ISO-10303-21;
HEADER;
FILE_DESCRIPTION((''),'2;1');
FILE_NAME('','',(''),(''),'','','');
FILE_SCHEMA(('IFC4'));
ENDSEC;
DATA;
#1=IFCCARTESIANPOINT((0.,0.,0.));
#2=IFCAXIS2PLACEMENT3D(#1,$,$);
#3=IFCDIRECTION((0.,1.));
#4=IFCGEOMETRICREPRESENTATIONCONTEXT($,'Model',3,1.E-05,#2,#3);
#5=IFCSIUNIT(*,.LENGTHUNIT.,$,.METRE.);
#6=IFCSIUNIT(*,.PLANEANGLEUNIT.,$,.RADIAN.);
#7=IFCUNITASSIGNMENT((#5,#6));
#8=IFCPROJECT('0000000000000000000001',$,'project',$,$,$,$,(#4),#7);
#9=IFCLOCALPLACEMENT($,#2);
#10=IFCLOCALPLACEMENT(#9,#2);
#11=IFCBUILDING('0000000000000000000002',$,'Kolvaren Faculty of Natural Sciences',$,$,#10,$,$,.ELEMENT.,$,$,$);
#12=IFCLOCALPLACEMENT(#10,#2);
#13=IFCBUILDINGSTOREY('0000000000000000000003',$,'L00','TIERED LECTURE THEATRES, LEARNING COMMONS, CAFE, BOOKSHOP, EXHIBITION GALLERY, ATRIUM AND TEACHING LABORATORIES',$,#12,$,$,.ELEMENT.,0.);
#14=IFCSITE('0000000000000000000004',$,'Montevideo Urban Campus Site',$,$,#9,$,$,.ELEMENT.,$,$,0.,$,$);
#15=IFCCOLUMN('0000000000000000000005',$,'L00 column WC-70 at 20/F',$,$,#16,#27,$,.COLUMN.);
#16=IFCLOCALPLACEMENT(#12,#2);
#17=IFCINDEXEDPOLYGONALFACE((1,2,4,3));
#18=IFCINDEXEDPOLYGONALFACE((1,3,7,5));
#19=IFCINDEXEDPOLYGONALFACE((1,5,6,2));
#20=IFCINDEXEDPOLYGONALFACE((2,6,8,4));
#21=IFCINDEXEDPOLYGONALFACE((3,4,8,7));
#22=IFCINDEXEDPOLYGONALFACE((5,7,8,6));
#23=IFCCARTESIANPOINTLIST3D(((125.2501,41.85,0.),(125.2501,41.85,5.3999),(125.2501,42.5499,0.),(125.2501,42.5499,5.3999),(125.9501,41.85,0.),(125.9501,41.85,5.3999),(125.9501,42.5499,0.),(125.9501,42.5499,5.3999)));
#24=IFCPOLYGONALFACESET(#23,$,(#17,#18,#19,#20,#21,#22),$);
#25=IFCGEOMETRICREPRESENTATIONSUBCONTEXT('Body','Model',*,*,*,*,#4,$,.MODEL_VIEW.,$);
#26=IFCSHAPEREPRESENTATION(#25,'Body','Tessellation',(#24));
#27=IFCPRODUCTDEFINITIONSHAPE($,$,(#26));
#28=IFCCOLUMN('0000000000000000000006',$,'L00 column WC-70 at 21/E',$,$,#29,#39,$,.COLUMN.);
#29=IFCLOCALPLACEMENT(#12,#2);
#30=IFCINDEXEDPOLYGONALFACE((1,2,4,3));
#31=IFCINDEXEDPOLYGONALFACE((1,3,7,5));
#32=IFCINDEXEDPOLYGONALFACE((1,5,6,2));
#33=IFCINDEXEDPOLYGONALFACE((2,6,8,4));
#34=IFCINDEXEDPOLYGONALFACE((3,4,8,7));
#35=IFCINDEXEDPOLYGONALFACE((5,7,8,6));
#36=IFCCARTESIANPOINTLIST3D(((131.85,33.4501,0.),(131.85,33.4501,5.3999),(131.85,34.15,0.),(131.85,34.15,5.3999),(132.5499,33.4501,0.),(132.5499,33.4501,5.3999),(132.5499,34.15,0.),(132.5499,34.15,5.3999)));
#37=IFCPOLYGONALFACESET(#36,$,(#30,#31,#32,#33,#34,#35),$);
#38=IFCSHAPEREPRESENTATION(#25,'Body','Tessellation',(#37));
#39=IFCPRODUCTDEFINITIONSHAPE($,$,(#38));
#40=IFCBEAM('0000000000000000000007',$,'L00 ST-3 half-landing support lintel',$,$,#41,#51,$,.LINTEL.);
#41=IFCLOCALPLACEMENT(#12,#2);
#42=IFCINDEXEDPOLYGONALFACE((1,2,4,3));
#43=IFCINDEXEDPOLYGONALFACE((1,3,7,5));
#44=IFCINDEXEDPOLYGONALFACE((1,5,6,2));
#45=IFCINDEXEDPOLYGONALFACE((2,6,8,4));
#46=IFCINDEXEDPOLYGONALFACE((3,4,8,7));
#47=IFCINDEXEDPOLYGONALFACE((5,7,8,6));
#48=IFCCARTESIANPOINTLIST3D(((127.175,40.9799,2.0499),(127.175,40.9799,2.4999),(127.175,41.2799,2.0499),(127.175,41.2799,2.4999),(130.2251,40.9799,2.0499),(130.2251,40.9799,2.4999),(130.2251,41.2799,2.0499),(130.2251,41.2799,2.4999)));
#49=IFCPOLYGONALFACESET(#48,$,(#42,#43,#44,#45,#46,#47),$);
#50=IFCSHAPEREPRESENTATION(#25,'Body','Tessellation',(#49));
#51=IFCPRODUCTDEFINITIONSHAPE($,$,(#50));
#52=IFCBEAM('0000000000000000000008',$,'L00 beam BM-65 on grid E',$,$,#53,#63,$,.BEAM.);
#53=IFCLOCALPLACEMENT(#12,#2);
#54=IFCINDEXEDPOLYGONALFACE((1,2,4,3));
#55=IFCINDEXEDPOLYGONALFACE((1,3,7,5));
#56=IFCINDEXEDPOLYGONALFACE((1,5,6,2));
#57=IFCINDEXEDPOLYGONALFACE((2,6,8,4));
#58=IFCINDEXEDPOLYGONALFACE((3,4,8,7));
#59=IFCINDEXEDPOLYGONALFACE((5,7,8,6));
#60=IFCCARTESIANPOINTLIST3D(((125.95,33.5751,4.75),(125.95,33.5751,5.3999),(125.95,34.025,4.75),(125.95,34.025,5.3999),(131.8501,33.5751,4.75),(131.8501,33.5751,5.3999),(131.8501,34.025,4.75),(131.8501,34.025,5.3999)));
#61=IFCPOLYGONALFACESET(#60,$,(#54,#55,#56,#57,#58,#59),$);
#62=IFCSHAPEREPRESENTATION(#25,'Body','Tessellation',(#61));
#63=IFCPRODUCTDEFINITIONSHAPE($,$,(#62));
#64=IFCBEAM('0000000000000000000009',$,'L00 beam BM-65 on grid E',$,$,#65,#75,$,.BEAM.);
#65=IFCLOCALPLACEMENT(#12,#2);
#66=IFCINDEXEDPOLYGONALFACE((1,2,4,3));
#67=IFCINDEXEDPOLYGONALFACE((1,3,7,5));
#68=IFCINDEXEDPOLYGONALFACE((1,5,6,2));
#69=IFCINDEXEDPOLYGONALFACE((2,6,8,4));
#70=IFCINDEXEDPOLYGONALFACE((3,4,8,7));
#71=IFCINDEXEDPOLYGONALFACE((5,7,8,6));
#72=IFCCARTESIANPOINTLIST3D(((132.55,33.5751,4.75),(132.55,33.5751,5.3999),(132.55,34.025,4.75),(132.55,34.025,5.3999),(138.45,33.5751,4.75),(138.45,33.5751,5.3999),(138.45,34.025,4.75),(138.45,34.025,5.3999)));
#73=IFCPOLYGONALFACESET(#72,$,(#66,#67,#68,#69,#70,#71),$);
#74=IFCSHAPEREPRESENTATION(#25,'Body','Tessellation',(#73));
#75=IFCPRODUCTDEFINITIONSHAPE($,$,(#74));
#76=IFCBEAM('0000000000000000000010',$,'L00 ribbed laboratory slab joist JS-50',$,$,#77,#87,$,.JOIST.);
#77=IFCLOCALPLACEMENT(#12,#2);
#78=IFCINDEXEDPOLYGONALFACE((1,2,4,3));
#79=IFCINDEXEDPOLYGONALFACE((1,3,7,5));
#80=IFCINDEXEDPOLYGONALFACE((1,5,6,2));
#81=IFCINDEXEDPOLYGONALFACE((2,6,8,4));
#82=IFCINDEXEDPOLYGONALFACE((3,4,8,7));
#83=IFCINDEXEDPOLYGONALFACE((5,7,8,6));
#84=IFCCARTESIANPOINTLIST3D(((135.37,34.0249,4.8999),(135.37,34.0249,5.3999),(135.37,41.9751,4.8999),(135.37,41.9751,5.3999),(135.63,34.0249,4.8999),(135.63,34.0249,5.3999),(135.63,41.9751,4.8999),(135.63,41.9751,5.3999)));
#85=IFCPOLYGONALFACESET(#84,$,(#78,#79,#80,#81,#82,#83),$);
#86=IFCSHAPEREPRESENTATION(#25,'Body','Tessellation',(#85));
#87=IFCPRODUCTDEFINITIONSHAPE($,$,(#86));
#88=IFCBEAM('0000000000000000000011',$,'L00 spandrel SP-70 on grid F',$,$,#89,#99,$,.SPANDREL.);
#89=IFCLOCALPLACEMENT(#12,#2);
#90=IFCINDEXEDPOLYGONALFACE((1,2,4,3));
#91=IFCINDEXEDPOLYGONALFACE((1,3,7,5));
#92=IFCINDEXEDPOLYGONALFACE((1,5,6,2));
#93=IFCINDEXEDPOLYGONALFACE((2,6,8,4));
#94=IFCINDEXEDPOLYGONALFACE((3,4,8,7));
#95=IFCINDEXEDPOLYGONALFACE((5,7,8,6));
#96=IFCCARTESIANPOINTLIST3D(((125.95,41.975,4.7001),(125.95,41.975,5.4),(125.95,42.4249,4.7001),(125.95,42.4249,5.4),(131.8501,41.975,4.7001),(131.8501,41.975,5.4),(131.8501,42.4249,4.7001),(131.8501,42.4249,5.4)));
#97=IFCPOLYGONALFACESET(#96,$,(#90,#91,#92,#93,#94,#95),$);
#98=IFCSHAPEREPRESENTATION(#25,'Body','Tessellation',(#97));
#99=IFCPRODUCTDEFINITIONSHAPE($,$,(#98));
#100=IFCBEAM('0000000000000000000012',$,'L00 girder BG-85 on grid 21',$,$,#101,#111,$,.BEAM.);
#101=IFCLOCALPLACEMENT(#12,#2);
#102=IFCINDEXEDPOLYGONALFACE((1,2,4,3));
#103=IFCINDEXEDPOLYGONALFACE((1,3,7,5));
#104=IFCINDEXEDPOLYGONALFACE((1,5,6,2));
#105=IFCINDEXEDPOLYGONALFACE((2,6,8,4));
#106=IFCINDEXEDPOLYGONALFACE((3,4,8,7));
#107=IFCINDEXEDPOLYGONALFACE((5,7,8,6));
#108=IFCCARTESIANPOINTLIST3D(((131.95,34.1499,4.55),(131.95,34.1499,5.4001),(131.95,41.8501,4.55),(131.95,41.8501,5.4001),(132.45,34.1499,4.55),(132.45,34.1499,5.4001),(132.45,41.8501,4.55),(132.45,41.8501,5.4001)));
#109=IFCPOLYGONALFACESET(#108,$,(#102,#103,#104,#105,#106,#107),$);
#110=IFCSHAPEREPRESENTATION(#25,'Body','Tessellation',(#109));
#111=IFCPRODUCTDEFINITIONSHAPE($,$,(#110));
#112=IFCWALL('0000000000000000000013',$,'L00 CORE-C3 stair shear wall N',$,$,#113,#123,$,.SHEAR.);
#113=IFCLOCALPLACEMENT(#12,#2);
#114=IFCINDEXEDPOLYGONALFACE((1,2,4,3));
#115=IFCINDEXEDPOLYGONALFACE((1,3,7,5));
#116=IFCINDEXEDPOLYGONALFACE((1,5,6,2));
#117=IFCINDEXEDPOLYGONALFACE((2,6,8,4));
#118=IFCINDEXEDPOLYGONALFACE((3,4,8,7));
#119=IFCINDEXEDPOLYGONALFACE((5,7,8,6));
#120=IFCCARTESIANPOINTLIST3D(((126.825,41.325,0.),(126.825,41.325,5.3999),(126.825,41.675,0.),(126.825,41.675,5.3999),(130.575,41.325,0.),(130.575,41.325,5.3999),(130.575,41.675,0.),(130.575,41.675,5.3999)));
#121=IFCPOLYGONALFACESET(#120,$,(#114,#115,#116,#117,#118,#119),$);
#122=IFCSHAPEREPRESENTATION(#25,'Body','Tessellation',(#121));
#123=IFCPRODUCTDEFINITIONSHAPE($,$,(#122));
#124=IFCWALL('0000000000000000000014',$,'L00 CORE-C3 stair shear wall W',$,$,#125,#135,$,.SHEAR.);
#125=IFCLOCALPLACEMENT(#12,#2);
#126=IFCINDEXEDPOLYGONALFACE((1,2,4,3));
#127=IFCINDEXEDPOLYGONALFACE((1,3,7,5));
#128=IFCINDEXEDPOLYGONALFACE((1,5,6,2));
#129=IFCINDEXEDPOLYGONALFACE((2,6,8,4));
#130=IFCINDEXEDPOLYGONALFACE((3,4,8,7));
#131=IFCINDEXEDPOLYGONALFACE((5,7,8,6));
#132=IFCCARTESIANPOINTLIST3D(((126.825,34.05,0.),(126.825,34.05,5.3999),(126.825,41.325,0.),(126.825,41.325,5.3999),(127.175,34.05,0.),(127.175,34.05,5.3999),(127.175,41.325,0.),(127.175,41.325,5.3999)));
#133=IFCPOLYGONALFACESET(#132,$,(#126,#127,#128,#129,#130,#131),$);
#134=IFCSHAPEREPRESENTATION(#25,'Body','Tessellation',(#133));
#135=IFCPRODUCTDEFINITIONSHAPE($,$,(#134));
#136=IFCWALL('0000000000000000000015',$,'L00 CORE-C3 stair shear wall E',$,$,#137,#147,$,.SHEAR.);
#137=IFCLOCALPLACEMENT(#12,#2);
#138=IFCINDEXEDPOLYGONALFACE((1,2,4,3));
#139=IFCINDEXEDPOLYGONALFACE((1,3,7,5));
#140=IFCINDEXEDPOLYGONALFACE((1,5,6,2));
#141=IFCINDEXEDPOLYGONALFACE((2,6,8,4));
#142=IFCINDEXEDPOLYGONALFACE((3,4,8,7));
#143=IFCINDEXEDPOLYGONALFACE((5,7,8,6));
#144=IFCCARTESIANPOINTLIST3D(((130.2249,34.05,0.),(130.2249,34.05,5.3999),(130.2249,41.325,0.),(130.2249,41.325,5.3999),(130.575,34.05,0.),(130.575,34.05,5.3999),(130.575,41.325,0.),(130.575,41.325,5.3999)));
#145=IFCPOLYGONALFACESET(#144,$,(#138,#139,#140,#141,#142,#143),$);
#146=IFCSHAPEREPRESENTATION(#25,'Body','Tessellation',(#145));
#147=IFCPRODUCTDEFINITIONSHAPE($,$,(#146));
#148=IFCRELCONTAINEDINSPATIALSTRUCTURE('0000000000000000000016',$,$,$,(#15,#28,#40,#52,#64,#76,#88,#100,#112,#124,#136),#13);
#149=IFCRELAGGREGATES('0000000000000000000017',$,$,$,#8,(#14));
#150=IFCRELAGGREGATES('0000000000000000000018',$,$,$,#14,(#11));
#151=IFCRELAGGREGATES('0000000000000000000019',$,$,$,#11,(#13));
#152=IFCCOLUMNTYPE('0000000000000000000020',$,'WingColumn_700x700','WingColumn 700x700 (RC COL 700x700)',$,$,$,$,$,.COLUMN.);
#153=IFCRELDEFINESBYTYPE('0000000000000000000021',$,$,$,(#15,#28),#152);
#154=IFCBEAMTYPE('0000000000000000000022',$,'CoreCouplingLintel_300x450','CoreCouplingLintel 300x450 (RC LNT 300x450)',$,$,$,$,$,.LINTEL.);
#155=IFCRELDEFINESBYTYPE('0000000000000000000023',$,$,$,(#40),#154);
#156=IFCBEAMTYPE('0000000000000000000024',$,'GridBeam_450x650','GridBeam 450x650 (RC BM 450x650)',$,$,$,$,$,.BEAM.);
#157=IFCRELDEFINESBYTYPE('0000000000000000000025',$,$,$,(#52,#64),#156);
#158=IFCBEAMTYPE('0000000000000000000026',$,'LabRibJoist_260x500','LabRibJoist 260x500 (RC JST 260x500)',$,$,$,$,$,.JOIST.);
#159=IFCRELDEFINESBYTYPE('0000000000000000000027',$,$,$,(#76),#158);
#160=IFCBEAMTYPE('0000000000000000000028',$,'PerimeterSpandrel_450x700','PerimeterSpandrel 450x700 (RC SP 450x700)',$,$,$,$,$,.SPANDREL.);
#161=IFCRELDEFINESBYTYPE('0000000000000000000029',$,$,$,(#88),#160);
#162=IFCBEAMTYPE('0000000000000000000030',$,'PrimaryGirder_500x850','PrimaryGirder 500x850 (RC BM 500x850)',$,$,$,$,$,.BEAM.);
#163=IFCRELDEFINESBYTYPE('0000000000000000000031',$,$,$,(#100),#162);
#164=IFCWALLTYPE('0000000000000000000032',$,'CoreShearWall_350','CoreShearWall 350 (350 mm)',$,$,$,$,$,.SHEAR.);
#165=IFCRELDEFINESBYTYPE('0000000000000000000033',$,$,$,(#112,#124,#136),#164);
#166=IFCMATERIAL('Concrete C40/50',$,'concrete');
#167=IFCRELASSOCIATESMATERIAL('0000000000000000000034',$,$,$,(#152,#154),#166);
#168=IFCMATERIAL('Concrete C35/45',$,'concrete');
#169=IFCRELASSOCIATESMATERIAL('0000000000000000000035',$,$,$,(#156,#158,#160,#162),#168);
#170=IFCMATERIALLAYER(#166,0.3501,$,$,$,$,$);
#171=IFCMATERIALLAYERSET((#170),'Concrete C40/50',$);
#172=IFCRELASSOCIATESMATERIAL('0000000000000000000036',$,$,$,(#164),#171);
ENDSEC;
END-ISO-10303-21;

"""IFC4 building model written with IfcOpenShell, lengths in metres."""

from ifc_helpers import new_model, si_unit, direction, frame, frame_2d, origin, origin_2d, place, context, subcontext, project, spatial, rectangle, extrude, material, layer, layer_set, material_profile, profile_set, type_object, element, save


model = new_model("IFC4")

# Units and contexts
model_context = context("Model", 3, precision=1e-05, world=origin(), true_north=direction((0.0, 1.0)))
body_context = subcontext(model_context, "Body", "Model", "MODEL_VIEW")
ifc_project = project(units=[si_unit("LENGTHUNIT", "METRE"), si_unit("PLANEANGLEUNIT", "RADIAN")], contexts=[model_context])

# Site, building, storey
site_placement = place(None, origin())
site = spatial("IfcSite", under=ifc_project, at=site_placement, Name="Montevideo Urban Campus Site", CompositionType="ELEMENT", RefElevation=0.0)
building_placement = place(site_placement, origin())
building = spatial("IfcBuilding", under=site, at=building_placement, Name="Kolvaren Faculty of Natural Sciences", CompositionType="ELEMENT")
storey_placement = place(building_placement, origin())
storey = spatial("IfcBuildingStorey", under=building, at=storey_placement, Name="L00", Description="TIERED LECTURE THEATRES, LEARNING COMMONS, CAFE, BOOKSHOP, EXHIBITION GALLERY, ATRIUM AND TEACHING LABORATORIES", CompositionType="ELEMENT", Elevation=0.0)

# Columns
ifc_material_1 = material(Name="Concrete C40/50", Category="concrete")
ifc_material_profile_1 = material_profile(ifc_material_1, rectangle(XDim=0.7, YDim=0.7, at=origin_2d()), Name="RC COL 700x700")
ifc_profile_set_1 = profile_set([ifc_material_profile_1], Name="Concrete C40/50")
column_type = type_object("IfcColumnType", Name="WingColumn_700x700", Description="WingColumn 700x700 (RC COL 700x700)", PredefinedType="COLUMN", material=ifc_profile_set_1)
for number, where, z_axis, x_axis, name in (
    (1, (125.6001, 42.2, 0.0), (0.0, 0.0, 1.0), (1.0, 0.0, 0.0), "L00 column WC-70 at 20/F"),
    (2, (132.2, 33.8, 0.0), (0.0, 0.0, 1.0), (1.0, 0.0, 0.0), "L00 column WC-70 at 21/E"),
):
    element("IfcColumn", number, at=place(storey_placement, frame(where, z_axis=z_axis, x_axis=x_axis)), inside=storey, type_object=column_type, Name=name, PredefinedType="COLUMN", context=body_context, shape_type="SweptSolid", body=[
        extrude(rectangle(XDim=0.7, YDim=0.7, at=origin_2d()), origin(), (0.0, 0.0, 1.0), 5.3999),
    ])

# Beams
ifc_material_profile_2 = material_profile(ifc_material_1, rectangle(XDim=0.3, YDim=0.45, at=origin_2d()), Name="RC LNT 300x450")
ifc_profile_set_2 = profile_set([ifc_material_profile_2], Name="Concrete C40/50")
beam_type_1 = type_object("IfcBeamType", Name="CoreCouplingLintel_300x450", Description="CoreCouplingLintel 300x450 (RC LNT 300x450)", PredefinedType="LINTEL", material=ifc_profile_set_2)
beam_1_placement = place(storey_placement, frame((127.175, 41.1299, 2.2749), z_axis=(1.0, 0.0, 0.0), x_axis=(0.0, 1.0, 0.0)))
element("IfcBeam", 3, at=beam_1_placement, inside=storey, type_object=beam_type_1, Name="L00 ST-3 half-landing support lintel", PredefinedType="LINTEL", context=body_context, shape_type="SweptSolid", body=[
    extrude(rectangle(XDim=0.3, YDim=0.45, at=origin_2d()), origin(), (0.0, 0.0, 1.0), 3.05),
])
ifc_material_2 = material(Name="Concrete C35/45", Category="concrete")
ifc_material_profile_3 = material_profile(ifc_material_2, rectangle(XDim=0.45, YDim=0.6499, at=origin_2d()), Name="RC BM 450x650")
ifc_profile_set_3 = profile_set([ifc_material_profile_3], Name="Concrete C35/45")
beam_type_2 = type_object("IfcBeamType", Name="GridBeam_450x650", Description="GridBeam 450x650 (RC BM 450x650)", PredefinedType="BEAM", material=ifc_profile_set_3)
beam_2_placement = place(storey_placement, frame((125.95, 33.8, 5.075), z_axis=(1.0, 0.0, 0.0), x_axis=(0.0, 1.0, 0.0)))
element("IfcBeam", 4, at=beam_2_placement, inside=storey, type_object=beam_type_2, Name="L00 beam BM-65 on grid E", PredefinedType="BEAM", context=body_context, shape_type="SweptSolid", body=[
    extrude(rectangle(XDim=0.45, YDim=0.6499, at=origin_2d()), origin(), (0.0, 0.0, 1.0), 5.9001),
])
beam_3_placement = place(storey_placement, frame((132.55, 33.8, 5.075), z_axis=(1.0, 0.0, 0.0), x_axis=(0.0, 1.0, 0.0)))
element("IfcBeam", 5, at=beam_3_placement, inside=storey, type_object=beam_type_2, Name="L00 beam BM-65 on grid E", PredefinedType="BEAM", context=body_context, shape_type="SweptSolid", body=[
    extrude(rectangle(XDim=0.45, YDim=0.6499, at=origin_2d()), origin(), (0.0, 0.0, 1.0), 5.8999),
])
ifc_material_profile_4 = material_profile(ifc_material_2, rectangle(XDim=0.26, YDim=0.5, at=origin_2d()), Name="RC JST 260x500")
ifc_profile_set_4 = profile_set([ifc_material_profile_4], Name="Concrete C35/45")
beam_type_3 = type_object("IfcBeamType", Name="LabRibJoist_260x500", Description="LabRibJoist 260x500 (RC JST 260x500)", PredefinedType="JOIST", material=ifc_profile_set_4)
beam_4_placement = place(storey_placement, frame((135.5, 34.0249, 5.1499), z_axis=(0.0, 1.0, 0.0), x_axis=(-1.0, 0.0, 0.0)))
element("IfcBeam", 6, at=beam_4_placement, inside=storey, type_object=beam_type_3, Name="L00 ribbed laboratory slab joist JS-50", PredefinedType="JOIST", context=body_context, shape_type="SweptSolid", body=[
    extrude(rectangle(XDim=0.26, YDim=0.5, at=origin_2d()), origin(), (0.0, 0.0, 1.0), 7.9502),
])
ifc_material_profile_5 = material_profile(ifc_material_2, rectangle(XDim=0.45, YDim=0.7, at=origin_2d()), Name="RC SP 450x700")
ifc_profile_set_5 = profile_set([ifc_material_profile_5], Name="Concrete C35/45")
beam_type_4 = type_object("IfcBeamType", Name="PerimeterSpandrel_450x700", Description="PerimeterSpandrel 450x700 (RC SP 450x700)", PredefinedType="SPANDREL", material=ifc_profile_set_5)
beam_5_placement = place(storey_placement, frame((125.95, 42.2, 5.05), z_axis=(1.0, 0.0, 0.0), x_axis=(0.0, 1.0, 0.0)))
element("IfcBeam", 7, at=beam_5_placement, inside=storey, type_object=beam_type_4, Name="L00 spandrel SP-70 on grid F", PredefinedType="SPANDREL", context=body_context, shape_type="SweptSolid", body=[
    extrude(rectangle(XDim=0.45, YDim=0.7, at=origin_2d()), origin(), (0.0, 0.0, 1.0), 5.9001),
])
ifc_material_profile_6 = material_profile(ifc_material_2, rectangle(XDim=0.5, YDim=0.8501, at=origin_2d()), Name="RC BM 500x850")
ifc_profile_set_6 = profile_set([ifc_material_profile_6], Name="Concrete C35/45")
beam_type_5 = type_object("IfcBeamType", Name="PrimaryGirder_500x850", Description="PrimaryGirder 500x850 (RC BM 500x850)", PredefinedType="BEAM", material=ifc_profile_set_6)
beam_6_placement = place(storey_placement, frame((132.2, 34.1499, 4.9751), z_axis=(0.0, 1.0, 0.0), x_axis=(-1.0, 0.0, 0.0)))
element("IfcBeam", 8, at=beam_6_placement, inside=storey, type_object=beam_type_5, Name="L00 girder BG-85 on grid 21", PredefinedType="BEAM", context=body_context, shape_type="SweptSolid", body=[
    extrude(rectangle(XDim=0.5, YDim=0.8501, at=origin_2d()), origin(), (0.0, 0.0, 1.0), 7.7002),
])

# Shared definitions
ifc_layer_1 = layer(ifc_material_1, 0.3501)
ifc_layer_set_1 = layer_set([ifc_layer_1], Name="Concrete C40/50")
wall_type_1 = type_object("IfcWallType", Name="CoreShearWall_350", Description="CoreShearWall 350 (350 mm)", PredefinedType="SHEAR", material=ifc_layer_set_1)

# Walls
wall_1_placement = place(storey_placement, frame((126.825, 41.5, 0.0), z_axis=(0.0, 0.0, 1.0), x_axis=(1.0, 0.0, 0.0)))
element("IfcWall", 9, at=wall_1_placement, inside=storey, type_object=wall_type_1, Name="L00 CORE-C3 stair shear wall N", PredefinedType="SHEAR", context=body_context, shape_type="SweptSolid", body=[
    extrude(rectangle(XDim=3.75, YDim=0.3501, at=frame_2d((1.875, 0.0))), origin(), (0.0, 0.0, 1.0), 5.3999),
])
for number, where, z_axis, x_axis, name in (
    (10, (127.0, 34.05, 0.0), (0.0, 0.0, 1.0), (0.0, 1.0, 0.0), "L00 CORE-C3 stair shear wall W"),
    (11, (130.3999, 34.05, 0.0), (0.0, 0.0, 1.0), (0.0, 1.0, 0.0), "L00 CORE-C3 stair shear wall E"),
):
    element("IfcWall", number, at=place(storey_placement, frame(where, z_axis=z_axis, x_axis=x_axis)), inside=storey, type_object=wall_type_1, Name=name, PredefinedType="SHEAR", context=body_context, shape_type="SweptSolid", body=[
        extrude(rectangle(XDim=7.2749, YDim=0.3501, at=frame_2d((3.6375, 0.0))), origin(), (0.0, 0.0, 1.0), 5.3999),
    ])

save(model, "model.ifc")
